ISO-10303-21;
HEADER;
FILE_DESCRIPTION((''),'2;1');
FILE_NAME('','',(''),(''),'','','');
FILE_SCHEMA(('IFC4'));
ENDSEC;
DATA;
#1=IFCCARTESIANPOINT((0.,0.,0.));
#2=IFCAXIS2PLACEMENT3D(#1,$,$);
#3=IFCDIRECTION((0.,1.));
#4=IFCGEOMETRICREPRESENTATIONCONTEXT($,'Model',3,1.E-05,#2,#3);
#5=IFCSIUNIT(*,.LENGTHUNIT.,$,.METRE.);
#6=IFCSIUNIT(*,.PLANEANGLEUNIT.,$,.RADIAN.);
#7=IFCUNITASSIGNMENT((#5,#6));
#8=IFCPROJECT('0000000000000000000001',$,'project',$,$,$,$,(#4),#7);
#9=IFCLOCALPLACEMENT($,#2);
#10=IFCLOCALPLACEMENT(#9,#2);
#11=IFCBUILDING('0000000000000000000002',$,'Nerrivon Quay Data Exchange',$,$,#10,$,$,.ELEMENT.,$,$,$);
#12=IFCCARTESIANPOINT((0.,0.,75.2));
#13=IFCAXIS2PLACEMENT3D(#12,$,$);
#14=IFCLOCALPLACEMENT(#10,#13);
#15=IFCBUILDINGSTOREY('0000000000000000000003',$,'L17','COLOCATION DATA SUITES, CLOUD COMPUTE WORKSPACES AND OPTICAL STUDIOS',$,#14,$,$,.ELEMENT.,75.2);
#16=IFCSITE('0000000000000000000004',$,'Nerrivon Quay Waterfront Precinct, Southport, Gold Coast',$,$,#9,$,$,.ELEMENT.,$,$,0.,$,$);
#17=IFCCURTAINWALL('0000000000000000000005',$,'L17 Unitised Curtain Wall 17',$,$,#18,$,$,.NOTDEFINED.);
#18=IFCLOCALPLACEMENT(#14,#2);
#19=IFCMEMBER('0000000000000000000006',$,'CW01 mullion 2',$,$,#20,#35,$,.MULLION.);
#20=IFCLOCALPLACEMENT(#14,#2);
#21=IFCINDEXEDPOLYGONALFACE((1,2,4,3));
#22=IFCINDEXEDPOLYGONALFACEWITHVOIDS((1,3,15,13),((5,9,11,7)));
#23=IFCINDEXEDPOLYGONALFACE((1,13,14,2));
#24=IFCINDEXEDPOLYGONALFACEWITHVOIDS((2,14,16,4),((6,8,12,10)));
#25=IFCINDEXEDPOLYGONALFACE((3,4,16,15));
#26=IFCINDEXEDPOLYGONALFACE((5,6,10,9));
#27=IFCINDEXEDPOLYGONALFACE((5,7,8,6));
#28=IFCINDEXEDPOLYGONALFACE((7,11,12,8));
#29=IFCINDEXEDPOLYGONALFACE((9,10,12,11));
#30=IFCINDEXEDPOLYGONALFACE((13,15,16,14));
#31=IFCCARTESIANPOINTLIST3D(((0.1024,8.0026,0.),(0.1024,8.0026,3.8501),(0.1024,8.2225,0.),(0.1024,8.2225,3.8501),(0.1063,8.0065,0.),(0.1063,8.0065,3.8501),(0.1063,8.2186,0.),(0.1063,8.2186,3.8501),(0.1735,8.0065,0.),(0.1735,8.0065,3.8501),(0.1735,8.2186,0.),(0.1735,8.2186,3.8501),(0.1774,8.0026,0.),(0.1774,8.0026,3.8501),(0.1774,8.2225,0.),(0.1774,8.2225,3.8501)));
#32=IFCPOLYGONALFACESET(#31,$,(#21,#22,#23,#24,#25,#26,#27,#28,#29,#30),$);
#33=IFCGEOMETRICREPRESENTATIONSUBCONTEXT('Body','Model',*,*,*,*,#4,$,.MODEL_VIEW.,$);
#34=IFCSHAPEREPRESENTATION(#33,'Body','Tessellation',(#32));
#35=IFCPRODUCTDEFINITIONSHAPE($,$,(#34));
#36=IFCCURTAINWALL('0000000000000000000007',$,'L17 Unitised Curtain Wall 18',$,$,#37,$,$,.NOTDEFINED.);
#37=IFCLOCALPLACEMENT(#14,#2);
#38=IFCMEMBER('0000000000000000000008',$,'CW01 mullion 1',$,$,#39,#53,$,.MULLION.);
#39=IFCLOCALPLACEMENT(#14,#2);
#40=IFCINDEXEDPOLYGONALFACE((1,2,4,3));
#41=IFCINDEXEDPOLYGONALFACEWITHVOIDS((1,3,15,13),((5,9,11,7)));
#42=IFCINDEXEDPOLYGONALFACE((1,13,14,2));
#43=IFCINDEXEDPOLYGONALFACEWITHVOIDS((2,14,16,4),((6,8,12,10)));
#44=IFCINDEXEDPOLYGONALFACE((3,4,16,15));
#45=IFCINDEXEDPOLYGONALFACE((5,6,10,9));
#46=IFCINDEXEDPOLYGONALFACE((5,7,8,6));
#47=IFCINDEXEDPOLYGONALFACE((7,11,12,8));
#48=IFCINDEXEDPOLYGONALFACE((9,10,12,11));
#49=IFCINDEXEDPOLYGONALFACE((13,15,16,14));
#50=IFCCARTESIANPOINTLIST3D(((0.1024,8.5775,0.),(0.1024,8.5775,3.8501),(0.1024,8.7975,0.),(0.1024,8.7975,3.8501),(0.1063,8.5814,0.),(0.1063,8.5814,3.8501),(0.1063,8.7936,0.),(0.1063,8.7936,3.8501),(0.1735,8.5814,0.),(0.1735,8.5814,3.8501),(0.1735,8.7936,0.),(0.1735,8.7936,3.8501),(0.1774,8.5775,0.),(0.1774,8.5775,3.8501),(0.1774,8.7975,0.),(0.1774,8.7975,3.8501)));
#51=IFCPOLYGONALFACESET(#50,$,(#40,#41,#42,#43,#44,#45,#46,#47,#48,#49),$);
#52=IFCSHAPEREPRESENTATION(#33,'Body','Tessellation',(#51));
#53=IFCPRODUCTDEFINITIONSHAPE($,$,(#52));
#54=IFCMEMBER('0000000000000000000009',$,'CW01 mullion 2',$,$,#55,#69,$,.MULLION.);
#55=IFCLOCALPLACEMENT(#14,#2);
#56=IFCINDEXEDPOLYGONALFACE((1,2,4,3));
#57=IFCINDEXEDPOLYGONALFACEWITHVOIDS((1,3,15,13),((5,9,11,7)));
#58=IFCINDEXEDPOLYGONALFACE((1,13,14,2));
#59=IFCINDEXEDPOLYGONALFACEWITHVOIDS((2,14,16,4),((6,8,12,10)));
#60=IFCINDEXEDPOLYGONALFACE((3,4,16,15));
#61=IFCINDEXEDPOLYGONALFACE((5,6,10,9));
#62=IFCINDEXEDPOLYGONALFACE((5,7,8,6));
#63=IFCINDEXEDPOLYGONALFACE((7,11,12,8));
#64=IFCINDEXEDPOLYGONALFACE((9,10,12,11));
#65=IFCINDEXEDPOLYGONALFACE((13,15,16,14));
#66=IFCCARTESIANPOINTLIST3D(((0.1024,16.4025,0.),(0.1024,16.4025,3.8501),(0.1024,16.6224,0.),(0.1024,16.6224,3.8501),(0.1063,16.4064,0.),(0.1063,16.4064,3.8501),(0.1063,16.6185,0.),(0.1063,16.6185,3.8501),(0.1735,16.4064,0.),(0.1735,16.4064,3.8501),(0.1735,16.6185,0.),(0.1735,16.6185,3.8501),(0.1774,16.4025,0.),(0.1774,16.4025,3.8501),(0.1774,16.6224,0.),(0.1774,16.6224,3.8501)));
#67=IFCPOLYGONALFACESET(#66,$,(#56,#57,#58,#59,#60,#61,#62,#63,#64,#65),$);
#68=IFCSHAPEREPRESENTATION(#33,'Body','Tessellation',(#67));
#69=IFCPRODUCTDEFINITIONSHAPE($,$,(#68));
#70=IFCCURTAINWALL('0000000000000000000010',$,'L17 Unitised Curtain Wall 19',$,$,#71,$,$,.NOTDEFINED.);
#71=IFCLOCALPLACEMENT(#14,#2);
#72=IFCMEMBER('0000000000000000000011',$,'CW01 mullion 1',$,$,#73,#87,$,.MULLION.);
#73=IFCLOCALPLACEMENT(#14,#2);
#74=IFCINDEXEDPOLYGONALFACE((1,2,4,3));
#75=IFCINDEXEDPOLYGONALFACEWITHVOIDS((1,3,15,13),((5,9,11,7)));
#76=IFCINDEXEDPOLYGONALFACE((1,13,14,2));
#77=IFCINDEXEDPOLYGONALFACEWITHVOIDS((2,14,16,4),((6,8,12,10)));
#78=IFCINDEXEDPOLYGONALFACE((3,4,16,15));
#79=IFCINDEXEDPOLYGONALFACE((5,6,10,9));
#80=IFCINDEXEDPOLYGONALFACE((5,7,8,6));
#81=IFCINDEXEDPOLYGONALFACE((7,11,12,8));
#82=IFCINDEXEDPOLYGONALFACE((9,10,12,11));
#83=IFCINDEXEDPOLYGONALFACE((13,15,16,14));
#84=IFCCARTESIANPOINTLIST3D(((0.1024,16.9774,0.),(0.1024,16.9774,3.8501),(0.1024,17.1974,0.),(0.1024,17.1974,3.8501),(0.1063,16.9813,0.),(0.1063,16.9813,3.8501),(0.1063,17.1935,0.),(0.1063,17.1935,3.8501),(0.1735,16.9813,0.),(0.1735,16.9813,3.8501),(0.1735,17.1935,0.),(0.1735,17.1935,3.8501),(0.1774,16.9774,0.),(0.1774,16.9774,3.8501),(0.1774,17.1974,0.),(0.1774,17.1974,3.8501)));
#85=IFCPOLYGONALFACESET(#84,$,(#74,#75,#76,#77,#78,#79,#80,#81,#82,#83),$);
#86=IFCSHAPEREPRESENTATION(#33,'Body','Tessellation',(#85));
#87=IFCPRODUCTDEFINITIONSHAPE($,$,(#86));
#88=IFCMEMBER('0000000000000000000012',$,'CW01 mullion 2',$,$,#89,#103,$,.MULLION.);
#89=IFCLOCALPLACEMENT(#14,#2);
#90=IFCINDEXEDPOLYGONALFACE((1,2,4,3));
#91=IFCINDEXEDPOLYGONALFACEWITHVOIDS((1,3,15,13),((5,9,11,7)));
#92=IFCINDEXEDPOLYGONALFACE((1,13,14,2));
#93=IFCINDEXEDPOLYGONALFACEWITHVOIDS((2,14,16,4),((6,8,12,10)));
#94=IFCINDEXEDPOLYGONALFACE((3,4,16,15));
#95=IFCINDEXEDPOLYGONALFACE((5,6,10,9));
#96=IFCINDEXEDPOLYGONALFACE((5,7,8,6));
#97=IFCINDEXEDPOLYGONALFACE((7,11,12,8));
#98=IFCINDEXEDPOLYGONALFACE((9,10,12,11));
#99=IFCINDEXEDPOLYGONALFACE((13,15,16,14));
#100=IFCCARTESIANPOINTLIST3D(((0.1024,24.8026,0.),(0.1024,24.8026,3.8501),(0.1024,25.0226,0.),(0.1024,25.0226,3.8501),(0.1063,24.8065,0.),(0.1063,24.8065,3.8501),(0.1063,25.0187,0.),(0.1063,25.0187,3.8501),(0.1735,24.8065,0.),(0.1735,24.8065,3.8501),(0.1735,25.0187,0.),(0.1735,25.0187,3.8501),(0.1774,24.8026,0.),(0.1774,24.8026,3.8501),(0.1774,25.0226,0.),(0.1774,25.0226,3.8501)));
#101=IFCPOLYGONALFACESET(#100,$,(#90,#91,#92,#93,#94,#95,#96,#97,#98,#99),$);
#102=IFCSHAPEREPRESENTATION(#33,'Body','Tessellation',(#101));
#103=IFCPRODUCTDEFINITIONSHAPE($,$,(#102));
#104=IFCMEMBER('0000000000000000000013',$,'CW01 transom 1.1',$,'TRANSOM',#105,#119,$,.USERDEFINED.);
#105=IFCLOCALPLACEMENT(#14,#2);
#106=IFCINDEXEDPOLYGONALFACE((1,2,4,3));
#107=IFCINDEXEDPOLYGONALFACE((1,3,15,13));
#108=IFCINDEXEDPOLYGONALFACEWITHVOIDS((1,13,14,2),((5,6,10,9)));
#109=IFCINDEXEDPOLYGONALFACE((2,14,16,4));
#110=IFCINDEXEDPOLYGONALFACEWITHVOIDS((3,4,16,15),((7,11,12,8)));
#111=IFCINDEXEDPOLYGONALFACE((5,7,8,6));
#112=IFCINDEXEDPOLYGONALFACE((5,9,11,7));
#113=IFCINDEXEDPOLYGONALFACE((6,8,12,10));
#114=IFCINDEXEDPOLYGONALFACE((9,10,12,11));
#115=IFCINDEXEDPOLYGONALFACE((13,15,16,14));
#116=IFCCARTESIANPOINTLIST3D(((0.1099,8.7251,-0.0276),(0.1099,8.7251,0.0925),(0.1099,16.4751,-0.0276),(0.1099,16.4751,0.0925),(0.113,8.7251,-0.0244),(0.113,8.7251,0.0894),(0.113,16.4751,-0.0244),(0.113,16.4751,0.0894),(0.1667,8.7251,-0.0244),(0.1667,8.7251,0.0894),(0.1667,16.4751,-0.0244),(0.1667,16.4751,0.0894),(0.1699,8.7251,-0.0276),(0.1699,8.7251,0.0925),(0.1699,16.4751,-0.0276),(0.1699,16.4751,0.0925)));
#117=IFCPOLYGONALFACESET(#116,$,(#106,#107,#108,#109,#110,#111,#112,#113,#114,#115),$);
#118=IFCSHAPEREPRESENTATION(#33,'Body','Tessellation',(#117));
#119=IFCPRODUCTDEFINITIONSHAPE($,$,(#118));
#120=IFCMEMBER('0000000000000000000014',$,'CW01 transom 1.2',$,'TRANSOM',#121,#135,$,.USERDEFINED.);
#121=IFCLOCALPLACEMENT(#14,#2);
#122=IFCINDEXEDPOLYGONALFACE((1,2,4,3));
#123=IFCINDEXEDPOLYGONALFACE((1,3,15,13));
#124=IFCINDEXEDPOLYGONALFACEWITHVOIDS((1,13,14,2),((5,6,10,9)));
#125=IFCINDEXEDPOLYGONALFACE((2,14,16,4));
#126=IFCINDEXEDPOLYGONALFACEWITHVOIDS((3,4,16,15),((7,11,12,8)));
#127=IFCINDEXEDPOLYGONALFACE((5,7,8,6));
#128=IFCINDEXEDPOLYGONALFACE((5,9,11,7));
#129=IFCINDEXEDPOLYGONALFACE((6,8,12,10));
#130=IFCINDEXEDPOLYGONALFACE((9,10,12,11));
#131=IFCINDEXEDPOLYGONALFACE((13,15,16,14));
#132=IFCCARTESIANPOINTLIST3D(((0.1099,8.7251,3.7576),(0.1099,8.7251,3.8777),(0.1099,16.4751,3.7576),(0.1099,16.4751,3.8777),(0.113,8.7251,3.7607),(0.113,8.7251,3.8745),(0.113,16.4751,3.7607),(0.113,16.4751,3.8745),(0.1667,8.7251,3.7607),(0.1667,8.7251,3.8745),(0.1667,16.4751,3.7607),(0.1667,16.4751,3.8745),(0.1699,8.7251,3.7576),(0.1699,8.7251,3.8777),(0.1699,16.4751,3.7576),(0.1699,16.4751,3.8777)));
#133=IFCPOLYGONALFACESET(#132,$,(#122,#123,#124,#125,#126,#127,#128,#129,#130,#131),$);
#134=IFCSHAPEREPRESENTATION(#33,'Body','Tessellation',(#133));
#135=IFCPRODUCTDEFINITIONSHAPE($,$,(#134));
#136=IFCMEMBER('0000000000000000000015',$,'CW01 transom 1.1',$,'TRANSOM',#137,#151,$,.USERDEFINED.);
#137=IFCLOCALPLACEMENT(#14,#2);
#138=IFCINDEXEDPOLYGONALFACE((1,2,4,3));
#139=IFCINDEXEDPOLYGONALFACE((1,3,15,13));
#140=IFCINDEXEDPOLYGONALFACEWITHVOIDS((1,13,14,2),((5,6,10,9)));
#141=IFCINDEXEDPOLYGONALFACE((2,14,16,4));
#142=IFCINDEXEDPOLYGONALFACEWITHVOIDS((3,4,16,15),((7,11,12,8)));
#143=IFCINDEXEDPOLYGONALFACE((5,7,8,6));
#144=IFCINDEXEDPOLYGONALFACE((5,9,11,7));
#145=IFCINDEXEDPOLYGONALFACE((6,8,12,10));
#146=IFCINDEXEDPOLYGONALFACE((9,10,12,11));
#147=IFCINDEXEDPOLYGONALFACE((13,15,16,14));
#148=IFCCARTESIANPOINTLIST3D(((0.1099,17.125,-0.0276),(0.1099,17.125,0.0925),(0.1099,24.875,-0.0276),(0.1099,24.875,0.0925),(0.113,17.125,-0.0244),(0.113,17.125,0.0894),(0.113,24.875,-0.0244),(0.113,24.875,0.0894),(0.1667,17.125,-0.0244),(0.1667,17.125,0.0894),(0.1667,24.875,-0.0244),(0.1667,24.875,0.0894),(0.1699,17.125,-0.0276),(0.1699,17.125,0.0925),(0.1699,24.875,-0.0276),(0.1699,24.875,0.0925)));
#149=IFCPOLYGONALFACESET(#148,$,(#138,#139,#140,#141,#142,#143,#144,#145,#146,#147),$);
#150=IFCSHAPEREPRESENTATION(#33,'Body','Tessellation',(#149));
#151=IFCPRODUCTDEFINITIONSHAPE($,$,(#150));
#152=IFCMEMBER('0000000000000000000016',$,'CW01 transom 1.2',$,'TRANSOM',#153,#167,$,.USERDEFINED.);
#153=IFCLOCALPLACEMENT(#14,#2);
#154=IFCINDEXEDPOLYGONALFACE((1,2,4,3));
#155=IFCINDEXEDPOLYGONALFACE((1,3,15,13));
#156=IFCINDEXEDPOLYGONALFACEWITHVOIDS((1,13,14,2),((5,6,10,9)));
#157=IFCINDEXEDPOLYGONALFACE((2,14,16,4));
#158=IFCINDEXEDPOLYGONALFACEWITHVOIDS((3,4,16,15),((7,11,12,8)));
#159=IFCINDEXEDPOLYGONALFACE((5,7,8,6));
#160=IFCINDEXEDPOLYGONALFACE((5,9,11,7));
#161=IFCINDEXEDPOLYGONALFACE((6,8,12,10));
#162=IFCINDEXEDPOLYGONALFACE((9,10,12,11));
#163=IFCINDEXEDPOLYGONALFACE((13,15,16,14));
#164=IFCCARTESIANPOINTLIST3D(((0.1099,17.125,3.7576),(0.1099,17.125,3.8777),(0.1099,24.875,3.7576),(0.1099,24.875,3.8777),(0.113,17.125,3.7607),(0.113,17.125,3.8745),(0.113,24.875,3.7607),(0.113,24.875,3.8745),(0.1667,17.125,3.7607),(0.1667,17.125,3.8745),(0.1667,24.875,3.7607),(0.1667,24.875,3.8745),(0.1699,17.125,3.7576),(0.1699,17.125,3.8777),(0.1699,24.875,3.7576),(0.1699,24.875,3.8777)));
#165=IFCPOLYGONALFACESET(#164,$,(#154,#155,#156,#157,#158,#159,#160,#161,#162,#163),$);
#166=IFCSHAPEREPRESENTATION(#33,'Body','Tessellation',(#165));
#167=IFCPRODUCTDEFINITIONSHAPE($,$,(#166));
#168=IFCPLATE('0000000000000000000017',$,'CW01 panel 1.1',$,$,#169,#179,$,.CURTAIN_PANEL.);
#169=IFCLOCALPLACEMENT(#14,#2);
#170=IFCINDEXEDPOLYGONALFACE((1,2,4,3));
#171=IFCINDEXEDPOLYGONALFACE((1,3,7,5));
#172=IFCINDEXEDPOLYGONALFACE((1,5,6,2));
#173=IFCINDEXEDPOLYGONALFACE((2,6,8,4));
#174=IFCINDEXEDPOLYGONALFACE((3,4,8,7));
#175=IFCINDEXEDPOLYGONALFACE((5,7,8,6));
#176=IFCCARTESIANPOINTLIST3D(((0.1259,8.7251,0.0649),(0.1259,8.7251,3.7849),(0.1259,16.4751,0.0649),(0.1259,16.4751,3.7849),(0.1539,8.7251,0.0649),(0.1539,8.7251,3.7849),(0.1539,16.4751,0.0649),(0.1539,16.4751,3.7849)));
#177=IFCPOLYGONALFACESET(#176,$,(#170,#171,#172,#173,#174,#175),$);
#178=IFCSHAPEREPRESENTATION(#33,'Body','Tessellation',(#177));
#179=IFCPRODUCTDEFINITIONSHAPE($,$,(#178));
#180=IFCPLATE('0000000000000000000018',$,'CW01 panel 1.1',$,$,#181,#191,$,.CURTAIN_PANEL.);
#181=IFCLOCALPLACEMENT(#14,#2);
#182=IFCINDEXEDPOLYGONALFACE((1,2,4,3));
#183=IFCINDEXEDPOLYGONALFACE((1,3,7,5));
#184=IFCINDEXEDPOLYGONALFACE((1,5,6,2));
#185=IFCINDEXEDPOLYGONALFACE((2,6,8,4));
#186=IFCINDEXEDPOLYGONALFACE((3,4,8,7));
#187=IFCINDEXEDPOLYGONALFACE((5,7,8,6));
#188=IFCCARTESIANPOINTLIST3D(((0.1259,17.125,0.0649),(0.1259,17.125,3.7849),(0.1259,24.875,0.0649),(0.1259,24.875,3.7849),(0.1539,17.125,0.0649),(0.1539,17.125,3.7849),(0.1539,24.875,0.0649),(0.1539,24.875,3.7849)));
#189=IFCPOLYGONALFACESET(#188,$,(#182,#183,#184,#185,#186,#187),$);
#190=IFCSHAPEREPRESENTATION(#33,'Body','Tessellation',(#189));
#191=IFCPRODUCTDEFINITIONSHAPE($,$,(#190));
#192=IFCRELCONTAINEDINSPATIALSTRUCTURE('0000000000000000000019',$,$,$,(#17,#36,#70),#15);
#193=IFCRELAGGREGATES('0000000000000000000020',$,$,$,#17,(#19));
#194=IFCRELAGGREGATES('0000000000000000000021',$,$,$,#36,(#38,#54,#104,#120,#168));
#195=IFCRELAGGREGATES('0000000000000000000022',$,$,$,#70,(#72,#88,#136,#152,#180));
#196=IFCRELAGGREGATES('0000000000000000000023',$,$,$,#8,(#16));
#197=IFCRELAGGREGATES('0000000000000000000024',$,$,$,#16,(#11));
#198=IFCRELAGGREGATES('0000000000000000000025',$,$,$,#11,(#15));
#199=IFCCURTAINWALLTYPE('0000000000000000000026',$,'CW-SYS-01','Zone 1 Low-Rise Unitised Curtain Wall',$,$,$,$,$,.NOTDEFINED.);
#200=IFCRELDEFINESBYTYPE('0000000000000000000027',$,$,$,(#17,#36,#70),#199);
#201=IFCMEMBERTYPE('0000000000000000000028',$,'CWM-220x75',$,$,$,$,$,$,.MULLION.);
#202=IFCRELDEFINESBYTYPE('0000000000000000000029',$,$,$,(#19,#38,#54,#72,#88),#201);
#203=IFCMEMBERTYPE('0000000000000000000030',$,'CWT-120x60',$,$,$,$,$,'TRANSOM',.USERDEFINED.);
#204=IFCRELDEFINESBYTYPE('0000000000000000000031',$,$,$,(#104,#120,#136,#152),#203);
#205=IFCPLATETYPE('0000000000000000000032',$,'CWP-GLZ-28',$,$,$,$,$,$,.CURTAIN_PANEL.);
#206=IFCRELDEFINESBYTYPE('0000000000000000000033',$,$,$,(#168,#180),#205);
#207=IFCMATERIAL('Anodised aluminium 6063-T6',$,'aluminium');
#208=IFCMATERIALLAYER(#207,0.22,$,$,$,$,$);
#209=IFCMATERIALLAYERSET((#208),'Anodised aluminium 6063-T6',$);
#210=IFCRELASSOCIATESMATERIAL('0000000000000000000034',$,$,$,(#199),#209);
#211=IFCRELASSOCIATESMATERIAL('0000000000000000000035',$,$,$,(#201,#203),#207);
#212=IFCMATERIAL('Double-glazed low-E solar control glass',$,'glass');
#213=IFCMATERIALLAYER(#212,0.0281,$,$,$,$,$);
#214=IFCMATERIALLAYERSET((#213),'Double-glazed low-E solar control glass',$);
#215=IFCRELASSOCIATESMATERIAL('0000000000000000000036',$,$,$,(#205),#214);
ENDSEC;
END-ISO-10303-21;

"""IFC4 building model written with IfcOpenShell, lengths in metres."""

from ifc_helpers import new_model, si_unit, direction, frame, origin, origin_2d, place, context, subcontext, project, spatial, rectangle, hollow_rectangle, extrude, material, layer, layer_set, material_profile, profile_set, type_object, element, aggregate, save


model = new_model("IFC4")

# Units and contexts
model_context = context("Model", 3, precision=1e-05, world=origin(), true_north=direction((0.0, 1.0)))
body_context = subcontext(model_context, "Body", "Model", "MODEL_VIEW")
ifc_project = project(units=[si_unit("LENGTHUNIT", "METRE"), si_unit("PLANEANGLEUNIT", "RADIAN")], contexts=[model_context])

# Site, building, storey
site_placement = place(None, origin())
site = spatial("IfcSite", under=ifc_project, at=site_placement, Name="Nerrivon Quay Waterfront Precinct, Southport, Gold Coast", CompositionType="ELEMENT", RefElevation=0.0)
building_placement = place(site_placement, origin())
building = spatial("IfcBuilding", under=site, at=building_placement, Name="Nerrivon Quay Data Exchange", CompositionType="ELEMENT")
storey_placement = place(building_placement, frame((0.0, 0.0, 75.2)))
storey = spatial("IfcBuildingStorey", under=building, at=storey_placement, Name="L17", Description="COLOCATION DATA SUITES, CLOUD COMPUTE WORKSPACES AND OPTICAL STUDIOS", CompositionType="ELEMENT", Elevation=75.2)

# Curtain wall, member
ifc_material_1 = material(Name="Anodised aluminium 6063-T6", Category="aluminium")
ifc_layer_1 = layer(ifc_material_1, 0.22)
ifc_layer_set_1 = layer_set([ifc_layer_1], Name="Anodised aluminium 6063-T6")
curtain_wall_type = type_object("IfcCurtainWallType", Name="CW-SYS-01", Description="Zone 1 Low-Rise Unitised Curtain Wall", PredefinedType="NOTDEFINED", material=ifc_layer_set_1)
curtain_wall_1_placement = place(storey_placement, origin())
curtain_wall_1 = element("IfcCurtainWall", 1, at=curtain_wall_1_placement, inside=storey, type_object=curtain_wall_type, Name="L17 Unitised Curtain Wall 17", PredefinedType="NOTDEFINED")
ifc_material_profile_1 = material_profile(ifc_material_1, hollow_rectangle(XDim=0.075, YDim=0.22, WallThickness=0.0039, at=origin_2d()), Name="ALU-MULL-220x75")
ifc_profile_set_1 = profile_set([ifc_material_profile_1], Name="Anodised aluminium 6063-T6")
member_type_1 = type_object("IfcMemberType", Name="CWM-220x75", PredefinedType="MULLION", material=ifc_profile_set_1)
member_1_placement = place(storey_placement, frame((0.1399, 8.1125, 0.0), z_axis=(0.0, 0.0, 1.0), x_axis=(-1.0, 0.0, 0.0)))
member_1 = element("IfcMember", 2, at=member_1_placement, type_object=member_type_1, Name="CW01 mullion 2", PredefinedType="MULLION", context=body_context, shape_type="SweptSolid", body=[
    extrude(hollow_rectangle(XDim=0.075, YDim=0.22, WallThickness=0.0039, at=origin_2d()), origin(), (0.0, 0.0, 1.0), 3.8501),
])
aggregate(curtain_wall_1, [member_1])

# Curtain walls, members
curtain_wall_2_placement = place(storey_placement, origin())
curtain_wall_2 = element("IfcCurtainWall", 3, at=curtain_wall_2_placement, inside=storey, type_object=curtain_wall_type, Name="L17 Unitised Curtain Wall 18", PredefinedType="NOTDEFINED")
member_2_placement = place(storey_placement, frame((0.1399, 8.6875, 0.0), z_axis=(0.0, 0.0, 1.0), x_axis=(-1.0, 0.0, 0.0)))
member_2 = element("IfcMember", 4, at=member_2_placement, type_object=member_type_1, Name="CW01 mullion 1", PredefinedType="MULLION", context=body_context, shape_type="SweptSolid", body=[
    extrude(hollow_rectangle(XDim=0.075, YDim=0.22, WallThickness=0.0039, at=origin_2d()), origin(), (0.0, 0.0, 1.0), 3.8501),
])
member_3_placement = place(storey_placement, frame((0.1399, 16.5125, 0.0), z_axis=(0.0, 0.0, 1.0), x_axis=(-1.0, 0.0, 0.0)))
member_3 = element("IfcMember", 5, at=member_3_placement, type_object=member_type_1, Name="CW01 mullion 2", PredefinedType="MULLION", context=body_context, shape_type="SweptSolid", body=[
    extrude(hollow_rectangle(XDim=0.075, YDim=0.22, WallThickness=0.0039, at=origin_2d()), origin(), (0.0, 0.0, 1.0), 3.8501),
])
curtain_wall_3_placement = place(storey_placement, origin())
curtain_wall_3 = element("IfcCurtainWall", 6, at=curtain_wall_3_placement, inside=storey, type_object=curtain_wall_type, Name="L17 Unitised Curtain Wall 19", PredefinedType="NOTDEFINED")
member_4_placement = place(storey_placement, frame((0.1399, 17.0874, 0.0), z_axis=(0.0, 0.0, 1.0), x_axis=(-1.0, 0.0, 0.0)))
member_4 = element("IfcMember", 7, at=member_4_placement, type_object=member_type_1, Name="CW01 mullion 1", PredefinedType="MULLION", context=body_context, shape_type="SweptSolid", body=[
    extrude(hollow_rectangle(XDim=0.075, YDim=0.22, WallThickness=0.0039, at=origin_2d()), origin(), (0.0, 0.0, 1.0), 3.8501),
])
member_5_placement = place(storey_placement, frame((0.1399, 24.9126, 0.0), z_axis=(0.0, 0.0, 1.0), x_axis=(-1.0, 0.0, 0.0)))
member_5 = element("IfcMember", 8, at=member_5_placement, type_object=member_type_1, Name="CW01 mullion 2", PredefinedType="MULLION", context=body_context, shape_type="SweptSolid", body=[
    extrude(hollow_rectangle(XDim=0.075, YDim=0.22, WallThickness=0.0039, at=origin_2d()), origin(), (0.0, 0.0, 1.0), 3.8501),
])

# Members
ifc_material_profile_2 = material_profile(ifc_material_1, hollow_rectangle(XDim=0.0601, YDim=0.1201, WallThickness=0.0032, at=origin_2d()), Name="ALU-TRAN-120x60")
ifc_profile_set_2 = profile_set([ifc_material_profile_2], Name="Anodised aluminium 6063-T6")
member_type_2 = type_object("IfcMemberType", Name="CWT-120x60", ElementType="TRANSOM", PredefinedType="USERDEFINED", material=ifc_profile_set_2)
member_6_placement = place(storey_placement, frame((0.1399, 8.7251, 0.0325), z_axis=(0.0, 1.0, 0.0), x_axis=(-1.0, 0.0, 0.0)))
member_6 = element("IfcMember", 9, at=member_6_placement, type_object=member_type_2, Name="CW01 transom 1.1", ObjectType="TRANSOM", PredefinedType="USERDEFINED", context=body_context, shape_type="SweptSolid", body=[
    extrude(hollow_rectangle(XDim=0.0601, YDim=0.1201, WallThickness=0.0032, at=origin_2d()), origin(), (0.0, 0.0, 1.0), 7.75),
])
member_7_placement = place(storey_placement, frame((0.1399, 8.7251, 3.8176), z_axis=(0.0, 1.0, 0.0), x_axis=(-1.0, 0.0, 0.0)))
member_7 = element("IfcMember", 10, at=member_7_placement, type_object=member_type_2, Name="CW01 transom 1.2", ObjectType="TRANSOM", PredefinedType="USERDEFINED", context=body_context, shape_type="SweptSolid", body=[
    extrude(hollow_rectangle(XDim=0.0601, YDim=0.1201, WallThickness=0.0032, at=origin_2d()), origin(), (0.0, 0.0, 1.0), 7.75),
])
member_8_placement = place(storey_placement, frame((0.1399, 17.125, 0.0325), z_axis=(0.0, 1.0, 0.0), x_axis=(-1.0, 0.0, 0.0)))
member_8 = element("IfcMember", 11, at=member_8_placement, type_object=member_type_2, Name="CW01 transom 1.1", ObjectType="TRANSOM", PredefinedType="USERDEFINED", context=body_context, shape_type="SweptSolid", body=[
    extrude(hollow_rectangle(XDim=0.0601, YDim=0.1201, WallThickness=0.0032, at=origin_2d()), origin(), (0.0, 0.0, 1.0), 7.75),
])
member_9_placement = place(storey_placement, frame((0.1399, 17.125, 3.8176), z_axis=(0.0, 1.0, 0.0), x_axis=(-1.0, 0.0, 0.0)))
member_9 = element("IfcMember", 12, at=member_9_placement, type_object=member_type_2, Name="CW01 transom 1.2", ObjectType="TRANSOM", PredefinedType="USERDEFINED", context=body_context, shape_type="SweptSolid", body=[
    extrude(hollow_rectangle(XDim=0.0601, YDim=0.1201, WallThickness=0.0032, at=origin_2d()), origin(), (0.0, 0.0, 1.0), 7.75),
])

# Plates
ifc_material_2 = material(Name="Double-glazed low-E solar control glass", Category="glass")
ifc_layer_2 = layer(ifc_material_2, 0.0281)
ifc_layer_set_2 = layer_set([ifc_layer_2], Name="Double-glazed low-E solar control glass")
plate_type = type_object("IfcPlateType", Name="CWP-GLZ-28", PredefinedType="CURTAIN_PANEL", material=ifc_layer_set_2)
plate_1_placement = place(storey_placement, frame((0.1399, 12.6001, 0.0649), z_axis=(0.0, 0.0, 1.0), x_axis=(0.0, 1.0, 0.0)))
plate_1 = element("IfcPlate", 13, at=plate_1_placement, type_object=plate_type, Name="CW01 panel 1.1", PredefinedType="CURTAIN_PANEL", context=body_context, shape_type="SweptSolid", body=[
    extrude(rectangle(XDim=7.75, YDim=0.0281, at=origin_2d()), origin(), (0.0, 0.0, 1.0), 3.72),
])
aggregate(curtain_wall_2, [member_2, member_3, member_6, member_7, plate_1])
plate_2_placement = place(storey_placement, frame((0.1399, 21.0, 0.0649), z_axis=(0.0, 0.0, 1.0), x_axis=(0.0, 1.0, 0.0)))
plate_2 = element("IfcPlate", 14, at=plate_2_placement, type_object=plate_type, Name="CW01 panel 1.1", PredefinedType="CURTAIN_PANEL", context=body_context, shape_type="SweptSolid", body=[
    extrude(rectangle(XDim=7.75, YDim=0.0281, at=origin_2d()), origin(), (0.0, 0.0, 1.0), 3.72),
])
aggregate(curtain_wall_3, [member_4, member_5, member_8, member_9, plate_2])

save(model, "model.ifc")
